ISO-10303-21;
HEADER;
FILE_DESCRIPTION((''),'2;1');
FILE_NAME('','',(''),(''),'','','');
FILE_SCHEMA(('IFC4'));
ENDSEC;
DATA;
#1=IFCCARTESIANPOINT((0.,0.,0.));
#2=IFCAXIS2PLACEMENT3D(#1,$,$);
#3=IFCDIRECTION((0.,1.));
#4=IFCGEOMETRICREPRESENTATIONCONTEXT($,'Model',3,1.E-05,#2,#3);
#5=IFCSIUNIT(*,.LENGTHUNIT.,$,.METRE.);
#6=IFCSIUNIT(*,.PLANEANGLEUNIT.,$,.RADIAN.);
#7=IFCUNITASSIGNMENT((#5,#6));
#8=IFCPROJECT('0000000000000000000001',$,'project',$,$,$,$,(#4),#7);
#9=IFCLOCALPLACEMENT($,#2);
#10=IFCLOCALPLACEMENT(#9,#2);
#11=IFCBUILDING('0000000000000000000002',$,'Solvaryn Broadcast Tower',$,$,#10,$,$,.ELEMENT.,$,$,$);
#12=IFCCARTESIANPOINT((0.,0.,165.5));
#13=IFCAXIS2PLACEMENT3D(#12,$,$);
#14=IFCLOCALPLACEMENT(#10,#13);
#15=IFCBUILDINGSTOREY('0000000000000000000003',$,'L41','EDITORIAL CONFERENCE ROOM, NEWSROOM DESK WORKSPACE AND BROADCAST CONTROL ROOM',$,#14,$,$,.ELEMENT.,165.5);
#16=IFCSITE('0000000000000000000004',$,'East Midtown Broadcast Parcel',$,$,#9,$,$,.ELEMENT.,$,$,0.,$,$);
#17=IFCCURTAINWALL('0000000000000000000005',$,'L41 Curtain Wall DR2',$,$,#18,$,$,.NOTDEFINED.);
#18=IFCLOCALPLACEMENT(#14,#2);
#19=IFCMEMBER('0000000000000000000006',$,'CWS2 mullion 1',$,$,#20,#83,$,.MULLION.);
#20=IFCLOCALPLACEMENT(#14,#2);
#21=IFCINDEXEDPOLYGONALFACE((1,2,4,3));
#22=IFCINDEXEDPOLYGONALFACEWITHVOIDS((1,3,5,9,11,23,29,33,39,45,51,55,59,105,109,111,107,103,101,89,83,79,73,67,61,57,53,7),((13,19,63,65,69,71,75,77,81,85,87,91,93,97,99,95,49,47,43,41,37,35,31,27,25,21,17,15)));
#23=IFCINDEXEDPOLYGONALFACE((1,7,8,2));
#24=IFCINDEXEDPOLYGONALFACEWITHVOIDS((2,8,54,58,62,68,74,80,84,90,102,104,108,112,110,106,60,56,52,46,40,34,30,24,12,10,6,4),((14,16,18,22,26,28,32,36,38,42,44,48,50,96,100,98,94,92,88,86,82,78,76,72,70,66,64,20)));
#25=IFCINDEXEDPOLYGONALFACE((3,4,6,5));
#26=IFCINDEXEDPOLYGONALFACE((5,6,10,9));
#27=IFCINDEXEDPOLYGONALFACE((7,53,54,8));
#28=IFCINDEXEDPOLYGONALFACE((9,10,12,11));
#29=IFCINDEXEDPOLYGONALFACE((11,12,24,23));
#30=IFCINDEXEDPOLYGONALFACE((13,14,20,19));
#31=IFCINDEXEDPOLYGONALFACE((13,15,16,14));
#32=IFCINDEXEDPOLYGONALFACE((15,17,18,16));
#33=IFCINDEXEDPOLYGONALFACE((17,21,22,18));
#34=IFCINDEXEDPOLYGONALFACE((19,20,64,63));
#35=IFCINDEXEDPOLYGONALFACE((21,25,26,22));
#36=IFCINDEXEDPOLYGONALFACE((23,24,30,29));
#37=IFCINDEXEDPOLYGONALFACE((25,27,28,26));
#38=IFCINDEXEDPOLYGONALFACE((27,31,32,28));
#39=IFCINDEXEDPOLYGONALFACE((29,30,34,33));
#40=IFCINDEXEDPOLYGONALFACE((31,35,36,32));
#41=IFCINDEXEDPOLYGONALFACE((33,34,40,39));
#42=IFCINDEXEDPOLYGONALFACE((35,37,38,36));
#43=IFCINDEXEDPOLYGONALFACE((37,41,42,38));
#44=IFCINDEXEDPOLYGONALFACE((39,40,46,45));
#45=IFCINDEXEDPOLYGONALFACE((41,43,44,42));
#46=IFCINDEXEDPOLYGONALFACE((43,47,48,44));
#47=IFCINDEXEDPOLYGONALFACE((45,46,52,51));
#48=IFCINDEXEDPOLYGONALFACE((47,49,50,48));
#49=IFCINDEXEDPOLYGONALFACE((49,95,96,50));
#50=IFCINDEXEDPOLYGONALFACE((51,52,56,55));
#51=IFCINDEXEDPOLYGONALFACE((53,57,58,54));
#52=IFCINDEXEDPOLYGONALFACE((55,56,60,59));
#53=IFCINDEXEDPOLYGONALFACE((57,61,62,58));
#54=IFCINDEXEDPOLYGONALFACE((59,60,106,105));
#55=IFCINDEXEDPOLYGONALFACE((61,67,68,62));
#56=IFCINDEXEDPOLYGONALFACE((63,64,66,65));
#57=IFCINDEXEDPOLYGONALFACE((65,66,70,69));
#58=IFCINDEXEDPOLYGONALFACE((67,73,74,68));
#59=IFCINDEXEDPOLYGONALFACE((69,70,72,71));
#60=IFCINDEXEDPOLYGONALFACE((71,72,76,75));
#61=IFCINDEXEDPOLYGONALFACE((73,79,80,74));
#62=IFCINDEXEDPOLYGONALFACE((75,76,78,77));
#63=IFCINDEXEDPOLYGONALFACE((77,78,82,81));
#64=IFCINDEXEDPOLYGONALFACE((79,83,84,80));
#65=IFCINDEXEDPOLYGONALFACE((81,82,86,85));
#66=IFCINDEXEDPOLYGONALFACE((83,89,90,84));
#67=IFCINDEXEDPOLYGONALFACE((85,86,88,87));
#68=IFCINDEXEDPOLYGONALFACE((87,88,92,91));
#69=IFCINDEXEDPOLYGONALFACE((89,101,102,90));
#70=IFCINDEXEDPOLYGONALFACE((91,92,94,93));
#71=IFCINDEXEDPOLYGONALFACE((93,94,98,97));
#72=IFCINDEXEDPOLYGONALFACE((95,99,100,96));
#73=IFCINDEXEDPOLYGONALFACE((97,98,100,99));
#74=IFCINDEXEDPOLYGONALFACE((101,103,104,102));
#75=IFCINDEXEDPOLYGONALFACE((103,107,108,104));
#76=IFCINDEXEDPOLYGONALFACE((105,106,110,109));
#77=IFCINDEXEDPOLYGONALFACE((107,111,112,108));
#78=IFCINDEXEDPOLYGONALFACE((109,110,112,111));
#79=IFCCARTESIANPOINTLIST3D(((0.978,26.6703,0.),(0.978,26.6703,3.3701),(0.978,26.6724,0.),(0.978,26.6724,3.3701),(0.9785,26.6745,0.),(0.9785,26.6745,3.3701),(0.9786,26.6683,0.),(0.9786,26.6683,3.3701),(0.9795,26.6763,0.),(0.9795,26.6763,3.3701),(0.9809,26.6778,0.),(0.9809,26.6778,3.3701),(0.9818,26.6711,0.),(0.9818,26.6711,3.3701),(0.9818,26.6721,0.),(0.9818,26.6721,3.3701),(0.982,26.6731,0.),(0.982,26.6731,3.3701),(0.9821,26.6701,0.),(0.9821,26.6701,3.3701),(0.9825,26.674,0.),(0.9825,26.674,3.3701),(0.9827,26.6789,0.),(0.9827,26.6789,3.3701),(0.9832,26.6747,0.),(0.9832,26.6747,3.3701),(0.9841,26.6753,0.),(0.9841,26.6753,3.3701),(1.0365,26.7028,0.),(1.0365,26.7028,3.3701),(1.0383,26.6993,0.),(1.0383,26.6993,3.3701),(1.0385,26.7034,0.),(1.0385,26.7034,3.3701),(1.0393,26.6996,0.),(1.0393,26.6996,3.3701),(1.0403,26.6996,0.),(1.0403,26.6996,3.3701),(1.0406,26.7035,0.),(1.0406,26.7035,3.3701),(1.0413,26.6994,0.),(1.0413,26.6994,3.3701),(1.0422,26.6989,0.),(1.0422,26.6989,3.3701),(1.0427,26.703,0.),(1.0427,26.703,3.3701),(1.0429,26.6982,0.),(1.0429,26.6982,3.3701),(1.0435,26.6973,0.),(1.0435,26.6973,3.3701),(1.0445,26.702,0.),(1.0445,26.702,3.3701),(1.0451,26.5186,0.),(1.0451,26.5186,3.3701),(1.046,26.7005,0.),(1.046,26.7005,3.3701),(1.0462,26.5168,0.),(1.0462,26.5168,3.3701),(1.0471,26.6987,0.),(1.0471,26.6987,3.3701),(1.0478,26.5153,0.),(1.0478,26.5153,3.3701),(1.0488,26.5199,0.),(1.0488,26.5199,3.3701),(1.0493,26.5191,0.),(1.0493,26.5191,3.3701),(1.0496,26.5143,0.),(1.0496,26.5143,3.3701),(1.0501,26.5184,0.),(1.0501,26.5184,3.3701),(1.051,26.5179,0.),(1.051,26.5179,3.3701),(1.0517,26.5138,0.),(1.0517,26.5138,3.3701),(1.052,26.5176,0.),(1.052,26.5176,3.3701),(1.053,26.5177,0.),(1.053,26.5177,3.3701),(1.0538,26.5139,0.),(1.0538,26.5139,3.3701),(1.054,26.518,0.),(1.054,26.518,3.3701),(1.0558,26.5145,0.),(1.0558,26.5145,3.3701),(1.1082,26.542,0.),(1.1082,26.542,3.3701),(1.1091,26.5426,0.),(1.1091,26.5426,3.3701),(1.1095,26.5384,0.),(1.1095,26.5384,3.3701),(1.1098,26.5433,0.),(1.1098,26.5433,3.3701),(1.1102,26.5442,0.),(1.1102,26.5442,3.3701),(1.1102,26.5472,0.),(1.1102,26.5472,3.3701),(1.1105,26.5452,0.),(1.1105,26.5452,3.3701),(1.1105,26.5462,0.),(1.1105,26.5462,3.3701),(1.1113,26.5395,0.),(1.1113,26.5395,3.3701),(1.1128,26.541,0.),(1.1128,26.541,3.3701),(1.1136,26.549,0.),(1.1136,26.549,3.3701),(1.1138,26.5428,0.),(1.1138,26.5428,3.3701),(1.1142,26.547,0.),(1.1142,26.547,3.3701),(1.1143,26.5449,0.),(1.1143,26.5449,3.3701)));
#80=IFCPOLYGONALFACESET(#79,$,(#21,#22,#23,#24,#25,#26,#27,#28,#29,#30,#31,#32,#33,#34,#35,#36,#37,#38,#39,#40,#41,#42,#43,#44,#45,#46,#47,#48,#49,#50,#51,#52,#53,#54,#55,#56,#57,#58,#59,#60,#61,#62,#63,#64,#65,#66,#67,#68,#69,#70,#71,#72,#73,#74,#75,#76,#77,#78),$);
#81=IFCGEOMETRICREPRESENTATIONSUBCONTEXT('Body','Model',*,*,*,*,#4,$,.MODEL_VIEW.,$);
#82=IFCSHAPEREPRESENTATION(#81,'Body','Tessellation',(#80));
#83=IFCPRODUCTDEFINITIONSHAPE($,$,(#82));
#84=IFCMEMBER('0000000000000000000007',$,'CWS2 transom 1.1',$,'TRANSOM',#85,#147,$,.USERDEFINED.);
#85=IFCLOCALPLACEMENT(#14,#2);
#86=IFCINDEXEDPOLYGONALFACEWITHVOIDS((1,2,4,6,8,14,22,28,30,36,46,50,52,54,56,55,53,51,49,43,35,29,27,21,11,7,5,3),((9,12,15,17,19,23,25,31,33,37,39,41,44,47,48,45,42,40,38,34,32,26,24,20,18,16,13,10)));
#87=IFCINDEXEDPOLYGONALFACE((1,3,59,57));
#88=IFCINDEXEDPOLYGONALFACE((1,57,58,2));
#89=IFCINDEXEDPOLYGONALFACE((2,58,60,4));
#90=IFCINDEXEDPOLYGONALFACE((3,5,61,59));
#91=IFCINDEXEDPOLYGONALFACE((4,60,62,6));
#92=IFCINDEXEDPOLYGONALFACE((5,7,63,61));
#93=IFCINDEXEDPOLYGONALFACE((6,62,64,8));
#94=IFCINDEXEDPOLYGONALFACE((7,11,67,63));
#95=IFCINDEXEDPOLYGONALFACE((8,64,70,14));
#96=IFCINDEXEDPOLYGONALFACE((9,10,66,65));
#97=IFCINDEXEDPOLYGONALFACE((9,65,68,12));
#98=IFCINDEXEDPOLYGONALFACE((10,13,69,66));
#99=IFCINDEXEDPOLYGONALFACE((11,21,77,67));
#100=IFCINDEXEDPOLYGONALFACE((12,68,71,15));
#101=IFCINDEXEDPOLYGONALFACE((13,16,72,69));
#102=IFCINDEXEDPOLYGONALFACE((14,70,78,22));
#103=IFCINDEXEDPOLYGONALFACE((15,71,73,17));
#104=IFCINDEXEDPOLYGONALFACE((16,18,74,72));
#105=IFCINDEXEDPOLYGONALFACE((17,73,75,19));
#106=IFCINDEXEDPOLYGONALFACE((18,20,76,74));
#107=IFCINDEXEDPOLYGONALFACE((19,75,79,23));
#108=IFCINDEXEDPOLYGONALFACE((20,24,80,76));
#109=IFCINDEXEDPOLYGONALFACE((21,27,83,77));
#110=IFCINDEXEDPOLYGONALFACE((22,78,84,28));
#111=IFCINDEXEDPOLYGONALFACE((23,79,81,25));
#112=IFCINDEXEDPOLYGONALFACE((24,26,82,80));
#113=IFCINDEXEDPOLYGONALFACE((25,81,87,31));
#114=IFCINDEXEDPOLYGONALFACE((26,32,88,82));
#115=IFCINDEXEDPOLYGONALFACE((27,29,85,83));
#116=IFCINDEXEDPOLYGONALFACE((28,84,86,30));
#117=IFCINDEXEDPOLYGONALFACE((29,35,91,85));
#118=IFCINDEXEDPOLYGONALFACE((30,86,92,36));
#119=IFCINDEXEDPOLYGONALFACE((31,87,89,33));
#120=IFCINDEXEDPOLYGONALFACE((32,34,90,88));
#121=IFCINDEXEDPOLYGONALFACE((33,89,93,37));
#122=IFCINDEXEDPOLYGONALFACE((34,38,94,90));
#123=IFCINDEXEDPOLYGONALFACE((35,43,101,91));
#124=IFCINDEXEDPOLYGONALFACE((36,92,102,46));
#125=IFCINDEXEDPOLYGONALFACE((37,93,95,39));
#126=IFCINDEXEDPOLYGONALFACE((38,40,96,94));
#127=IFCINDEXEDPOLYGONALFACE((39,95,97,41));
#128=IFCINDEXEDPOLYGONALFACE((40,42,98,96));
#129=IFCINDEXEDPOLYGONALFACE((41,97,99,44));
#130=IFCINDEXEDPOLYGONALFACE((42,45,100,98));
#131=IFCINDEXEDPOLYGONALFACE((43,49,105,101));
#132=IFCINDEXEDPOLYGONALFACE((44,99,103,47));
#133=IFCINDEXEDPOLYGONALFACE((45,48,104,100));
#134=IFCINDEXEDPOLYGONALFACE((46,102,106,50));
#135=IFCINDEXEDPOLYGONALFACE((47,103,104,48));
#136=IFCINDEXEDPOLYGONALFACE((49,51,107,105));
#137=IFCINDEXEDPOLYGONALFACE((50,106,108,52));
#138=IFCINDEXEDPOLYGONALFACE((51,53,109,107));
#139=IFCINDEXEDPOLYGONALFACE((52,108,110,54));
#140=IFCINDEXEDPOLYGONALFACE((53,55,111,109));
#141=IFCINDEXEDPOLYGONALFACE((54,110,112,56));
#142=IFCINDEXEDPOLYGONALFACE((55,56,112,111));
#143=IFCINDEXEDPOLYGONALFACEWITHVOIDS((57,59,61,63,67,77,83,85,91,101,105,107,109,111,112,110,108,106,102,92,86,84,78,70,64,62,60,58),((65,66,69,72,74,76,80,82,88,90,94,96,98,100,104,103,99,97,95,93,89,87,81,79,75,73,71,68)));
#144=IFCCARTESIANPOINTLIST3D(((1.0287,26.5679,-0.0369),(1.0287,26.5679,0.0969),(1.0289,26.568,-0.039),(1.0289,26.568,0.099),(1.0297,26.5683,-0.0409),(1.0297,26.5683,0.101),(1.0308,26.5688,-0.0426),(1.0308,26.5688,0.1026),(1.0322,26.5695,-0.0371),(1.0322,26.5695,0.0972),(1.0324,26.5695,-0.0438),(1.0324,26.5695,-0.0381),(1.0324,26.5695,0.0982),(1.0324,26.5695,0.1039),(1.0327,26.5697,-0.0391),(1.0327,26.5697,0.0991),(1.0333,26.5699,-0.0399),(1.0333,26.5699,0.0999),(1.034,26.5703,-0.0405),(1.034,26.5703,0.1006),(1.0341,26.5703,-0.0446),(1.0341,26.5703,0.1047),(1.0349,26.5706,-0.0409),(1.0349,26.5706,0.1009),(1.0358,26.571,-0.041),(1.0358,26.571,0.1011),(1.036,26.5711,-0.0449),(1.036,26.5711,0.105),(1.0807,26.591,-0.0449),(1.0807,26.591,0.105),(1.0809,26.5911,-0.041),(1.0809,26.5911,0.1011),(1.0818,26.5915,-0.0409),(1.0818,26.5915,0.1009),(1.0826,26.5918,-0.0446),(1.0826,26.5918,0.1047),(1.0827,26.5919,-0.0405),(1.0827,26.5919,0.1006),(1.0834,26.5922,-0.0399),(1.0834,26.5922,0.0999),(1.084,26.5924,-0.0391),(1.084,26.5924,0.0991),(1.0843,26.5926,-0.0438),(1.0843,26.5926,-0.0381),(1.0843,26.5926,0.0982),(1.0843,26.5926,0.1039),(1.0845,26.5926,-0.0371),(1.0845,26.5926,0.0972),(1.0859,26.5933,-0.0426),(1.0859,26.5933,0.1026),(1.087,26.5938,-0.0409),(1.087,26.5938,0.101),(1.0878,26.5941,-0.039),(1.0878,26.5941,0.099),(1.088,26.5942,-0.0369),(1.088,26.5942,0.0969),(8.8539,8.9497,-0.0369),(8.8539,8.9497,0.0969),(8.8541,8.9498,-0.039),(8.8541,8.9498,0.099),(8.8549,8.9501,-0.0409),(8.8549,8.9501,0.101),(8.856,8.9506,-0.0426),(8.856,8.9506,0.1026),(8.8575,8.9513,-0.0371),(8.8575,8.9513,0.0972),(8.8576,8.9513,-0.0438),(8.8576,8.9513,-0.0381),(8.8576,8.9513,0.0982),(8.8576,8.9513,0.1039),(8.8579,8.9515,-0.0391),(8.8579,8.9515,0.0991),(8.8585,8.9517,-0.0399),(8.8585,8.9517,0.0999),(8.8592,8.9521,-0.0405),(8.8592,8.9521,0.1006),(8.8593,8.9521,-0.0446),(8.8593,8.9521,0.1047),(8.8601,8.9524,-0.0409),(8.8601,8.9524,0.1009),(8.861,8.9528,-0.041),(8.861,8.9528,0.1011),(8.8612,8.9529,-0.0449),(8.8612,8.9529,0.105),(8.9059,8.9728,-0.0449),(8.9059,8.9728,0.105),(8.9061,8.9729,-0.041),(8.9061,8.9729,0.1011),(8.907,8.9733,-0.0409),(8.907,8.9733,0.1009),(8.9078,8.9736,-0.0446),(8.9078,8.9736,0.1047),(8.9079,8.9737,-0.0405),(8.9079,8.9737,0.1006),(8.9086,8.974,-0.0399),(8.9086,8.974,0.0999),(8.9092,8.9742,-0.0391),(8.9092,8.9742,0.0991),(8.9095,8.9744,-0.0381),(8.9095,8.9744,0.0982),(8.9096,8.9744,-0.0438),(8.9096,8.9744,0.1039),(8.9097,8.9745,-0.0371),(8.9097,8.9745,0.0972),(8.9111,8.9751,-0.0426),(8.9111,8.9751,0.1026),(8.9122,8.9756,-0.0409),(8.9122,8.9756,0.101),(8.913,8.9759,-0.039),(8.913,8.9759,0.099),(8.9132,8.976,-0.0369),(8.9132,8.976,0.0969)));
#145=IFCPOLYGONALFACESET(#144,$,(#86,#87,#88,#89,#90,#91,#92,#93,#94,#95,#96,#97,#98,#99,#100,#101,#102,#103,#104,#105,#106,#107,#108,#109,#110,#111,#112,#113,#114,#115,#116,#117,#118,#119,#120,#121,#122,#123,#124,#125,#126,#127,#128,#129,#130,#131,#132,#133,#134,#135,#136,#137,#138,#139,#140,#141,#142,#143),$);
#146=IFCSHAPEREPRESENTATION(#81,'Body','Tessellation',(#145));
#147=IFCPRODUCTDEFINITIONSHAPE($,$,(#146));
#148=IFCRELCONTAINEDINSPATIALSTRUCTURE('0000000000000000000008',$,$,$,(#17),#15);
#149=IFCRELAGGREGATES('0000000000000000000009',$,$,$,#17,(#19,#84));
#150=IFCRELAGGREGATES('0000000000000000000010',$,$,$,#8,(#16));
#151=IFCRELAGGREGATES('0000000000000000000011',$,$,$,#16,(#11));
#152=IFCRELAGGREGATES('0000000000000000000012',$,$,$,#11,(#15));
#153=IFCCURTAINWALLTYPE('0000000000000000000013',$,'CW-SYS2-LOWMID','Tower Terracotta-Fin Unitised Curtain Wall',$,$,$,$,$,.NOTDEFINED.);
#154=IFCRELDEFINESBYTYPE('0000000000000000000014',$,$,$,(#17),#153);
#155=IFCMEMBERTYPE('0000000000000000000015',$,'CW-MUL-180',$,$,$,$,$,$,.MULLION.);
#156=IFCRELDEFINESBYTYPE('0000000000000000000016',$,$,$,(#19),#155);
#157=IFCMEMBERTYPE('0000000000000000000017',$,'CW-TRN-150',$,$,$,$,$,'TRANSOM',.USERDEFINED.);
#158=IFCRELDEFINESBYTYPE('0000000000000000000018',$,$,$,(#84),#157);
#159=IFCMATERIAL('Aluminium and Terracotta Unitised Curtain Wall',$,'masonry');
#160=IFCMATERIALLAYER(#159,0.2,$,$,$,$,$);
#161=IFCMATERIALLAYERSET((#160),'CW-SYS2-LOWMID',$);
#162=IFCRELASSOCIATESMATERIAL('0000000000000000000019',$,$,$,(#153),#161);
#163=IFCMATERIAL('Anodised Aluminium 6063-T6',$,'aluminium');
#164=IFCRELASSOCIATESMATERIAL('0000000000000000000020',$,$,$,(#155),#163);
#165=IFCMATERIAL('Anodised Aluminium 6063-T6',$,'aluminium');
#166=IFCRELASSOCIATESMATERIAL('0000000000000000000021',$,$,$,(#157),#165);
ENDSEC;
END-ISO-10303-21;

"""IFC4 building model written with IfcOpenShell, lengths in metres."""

from ifc_helpers import new_model, si_unit, direction, frame, origin, origin_2d, place, context, subcontext, project, spatial, hollow_rectangle, extrude, material, layer, layer_set, material_profile, profile_set, type_object, element, aggregate, save


model = new_model("IFC4")

# Units and contexts
model_context = context("Model", 3, precision=1e-05, world=origin(), true_north=direction((0.0, 1.0)))
body_context = subcontext(model_context, "Body", "Model", "MODEL_VIEW")
ifc_project = project(units=[si_unit("LENGTHUNIT", "METRE"), si_unit("PLANEANGLEUNIT", "RADIAN")], contexts=[model_context])

# Site, building, storey
site_placement = place(None, origin())
site = spatial("IfcSite", under=ifc_project, at=site_placement, Name="East Midtown Broadcast Parcel", CompositionType="ELEMENT", RefElevation=0.0)
building_placement = place(site_placement, origin())
building = spatial("IfcBuilding", under=site, at=building_placement, Name="Solvaryn Broadcast Tower", CompositionType="ELEMENT")
storey_placement = place(building_placement, frame((0.0, 0.0, 165.5)))
storey = spatial("IfcBuildingStorey", under=building, at=storey_placement, Name="L41", Description="EDITORIAL CONFERENCE ROOM, NEWSROOM DESK WORKSPACE AND BROADCAST CONTROL ROOM", CompositionType="ELEMENT", Elevation=165.5)

# Shared definitions
ifc_material_1 = material(Name="Aluminium and Terracotta Unitised Curtain Wall", Category="masonry")
ifc_layer_1 = layer(ifc_material_1, 0.2)
ifc_layer_set_1 = layer_set([ifc_layer_1], Name="CW-SYS2-LOWMID")
curtain_wall_type = type_object("IfcCurtainWallType", Name="CW-SYS2-LOWMID", Description="Tower Terracotta-Fin Unitised Curtain Wall", PredefinedType="NOTDEFINED", material=ifc_layer_set_1)
ifc_material_2 = material(Name="Anodised Aluminium 6063-T6", Category="aluminium")
ifc_material_profile_1 = material_profile(ifc_material_2, hollow_rectangle(XDim=0.075, YDim=0.1799, WallThickness=0.0039, InnerFilletRadius=0.0039, OuterFilletRadius=0.0081, at=origin_2d()))
ifc_profile_set_1 = profile_set([ifc_material_profile_1], Name="Anodised Aluminium 6063-T6")
member_type_1 = type_object("IfcMemberType", Name="CW-MUL-180", PredefinedType="MULLION", material=ifc_profile_set_1)

# Curtain wall, members
curtain_wall_1_placement = place(storey_placement, origin())
curtain_wall_1 = element("IfcCurtainWall", 1, at=curtain_wall_1_placement, inside=storey, type_object=curtain_wall_type, Name="L41 Curtain Wall DR2", PredefinedType="NOTDEFINED")
member_1_placement = place(storey_placement, frame((1.0461, 26.6086, 0.0), z_axis=(0.0, 0.0, 1.0), x_axis=(0.913909, 0.405918, 0.0)))
member_1 = element("IfcMember", 2, at=member_1_placement, type_object=member_type_1, Name="CWS2 mullion 1", PredefinedType="MULLION", context=body_context, shape_type="SweptSolid", body=[
    extrude(hollow_rectangle(XDim=0.075, YDim=0.1799, WallThickness=0.0039, InnerFilletRadius=0.0039, OuterFilletRadius=0.0081, at=origin_2d()), origin(), (0.0, 0.0, 1.0), 3.3701),
])
ifc_material_3 = material(Name="Anodised Aluminium 6063-T6", Category="aluminium")
ifc_material_profile_2 = material_profile(ifc_material_3, hollow_rectangle(XDim=0.0649, YDim=0.1499, WallThickness=0.0039, InnerFilletRadius=0.0039, OuterFilletRadius=0.0081, at=origin_2d()))
ifc_profile_set_2 = profile_set([ifc_material_profile_2], Name="Anodised Aluminium 6063-T6")
member_type_2 = type_object("IfcMemberType", Name="CW-TRN-150", ElementType="TRANSOM", PredefinedType="USERDEFINED", material=ifc_profile_set_2)
member_2_placement = place(storey_placement, frame((1.0583, 26.5811, 0.03), z_axis=(0.405918, -0.91391, 0.0), x_axis=(0.91391, 0.405918, 0.0)))
member_2 = element("IfcMember", 3, at=member_2_placement, type_object=member_type_2, Name="CWS2 transom 1.1", ObjectType="TRANSOM", PredefinedType="USERDEFINED", context=body_context, shape_type="SweptSolid", body=[
    extrude(hollow_rectangle(XDim=0.0649, YDim=0.1499, WallThickness=0.0039, InnerFilletRadius=0.0039, OuterFilletRadius=0.0081, at=origin_2d()), origin(), (0.0, 0.0, 1.0), 19.2778),
])
aggregate(curtain_wall_1, [member_1, member_2])

save(model, "model.ifc")
